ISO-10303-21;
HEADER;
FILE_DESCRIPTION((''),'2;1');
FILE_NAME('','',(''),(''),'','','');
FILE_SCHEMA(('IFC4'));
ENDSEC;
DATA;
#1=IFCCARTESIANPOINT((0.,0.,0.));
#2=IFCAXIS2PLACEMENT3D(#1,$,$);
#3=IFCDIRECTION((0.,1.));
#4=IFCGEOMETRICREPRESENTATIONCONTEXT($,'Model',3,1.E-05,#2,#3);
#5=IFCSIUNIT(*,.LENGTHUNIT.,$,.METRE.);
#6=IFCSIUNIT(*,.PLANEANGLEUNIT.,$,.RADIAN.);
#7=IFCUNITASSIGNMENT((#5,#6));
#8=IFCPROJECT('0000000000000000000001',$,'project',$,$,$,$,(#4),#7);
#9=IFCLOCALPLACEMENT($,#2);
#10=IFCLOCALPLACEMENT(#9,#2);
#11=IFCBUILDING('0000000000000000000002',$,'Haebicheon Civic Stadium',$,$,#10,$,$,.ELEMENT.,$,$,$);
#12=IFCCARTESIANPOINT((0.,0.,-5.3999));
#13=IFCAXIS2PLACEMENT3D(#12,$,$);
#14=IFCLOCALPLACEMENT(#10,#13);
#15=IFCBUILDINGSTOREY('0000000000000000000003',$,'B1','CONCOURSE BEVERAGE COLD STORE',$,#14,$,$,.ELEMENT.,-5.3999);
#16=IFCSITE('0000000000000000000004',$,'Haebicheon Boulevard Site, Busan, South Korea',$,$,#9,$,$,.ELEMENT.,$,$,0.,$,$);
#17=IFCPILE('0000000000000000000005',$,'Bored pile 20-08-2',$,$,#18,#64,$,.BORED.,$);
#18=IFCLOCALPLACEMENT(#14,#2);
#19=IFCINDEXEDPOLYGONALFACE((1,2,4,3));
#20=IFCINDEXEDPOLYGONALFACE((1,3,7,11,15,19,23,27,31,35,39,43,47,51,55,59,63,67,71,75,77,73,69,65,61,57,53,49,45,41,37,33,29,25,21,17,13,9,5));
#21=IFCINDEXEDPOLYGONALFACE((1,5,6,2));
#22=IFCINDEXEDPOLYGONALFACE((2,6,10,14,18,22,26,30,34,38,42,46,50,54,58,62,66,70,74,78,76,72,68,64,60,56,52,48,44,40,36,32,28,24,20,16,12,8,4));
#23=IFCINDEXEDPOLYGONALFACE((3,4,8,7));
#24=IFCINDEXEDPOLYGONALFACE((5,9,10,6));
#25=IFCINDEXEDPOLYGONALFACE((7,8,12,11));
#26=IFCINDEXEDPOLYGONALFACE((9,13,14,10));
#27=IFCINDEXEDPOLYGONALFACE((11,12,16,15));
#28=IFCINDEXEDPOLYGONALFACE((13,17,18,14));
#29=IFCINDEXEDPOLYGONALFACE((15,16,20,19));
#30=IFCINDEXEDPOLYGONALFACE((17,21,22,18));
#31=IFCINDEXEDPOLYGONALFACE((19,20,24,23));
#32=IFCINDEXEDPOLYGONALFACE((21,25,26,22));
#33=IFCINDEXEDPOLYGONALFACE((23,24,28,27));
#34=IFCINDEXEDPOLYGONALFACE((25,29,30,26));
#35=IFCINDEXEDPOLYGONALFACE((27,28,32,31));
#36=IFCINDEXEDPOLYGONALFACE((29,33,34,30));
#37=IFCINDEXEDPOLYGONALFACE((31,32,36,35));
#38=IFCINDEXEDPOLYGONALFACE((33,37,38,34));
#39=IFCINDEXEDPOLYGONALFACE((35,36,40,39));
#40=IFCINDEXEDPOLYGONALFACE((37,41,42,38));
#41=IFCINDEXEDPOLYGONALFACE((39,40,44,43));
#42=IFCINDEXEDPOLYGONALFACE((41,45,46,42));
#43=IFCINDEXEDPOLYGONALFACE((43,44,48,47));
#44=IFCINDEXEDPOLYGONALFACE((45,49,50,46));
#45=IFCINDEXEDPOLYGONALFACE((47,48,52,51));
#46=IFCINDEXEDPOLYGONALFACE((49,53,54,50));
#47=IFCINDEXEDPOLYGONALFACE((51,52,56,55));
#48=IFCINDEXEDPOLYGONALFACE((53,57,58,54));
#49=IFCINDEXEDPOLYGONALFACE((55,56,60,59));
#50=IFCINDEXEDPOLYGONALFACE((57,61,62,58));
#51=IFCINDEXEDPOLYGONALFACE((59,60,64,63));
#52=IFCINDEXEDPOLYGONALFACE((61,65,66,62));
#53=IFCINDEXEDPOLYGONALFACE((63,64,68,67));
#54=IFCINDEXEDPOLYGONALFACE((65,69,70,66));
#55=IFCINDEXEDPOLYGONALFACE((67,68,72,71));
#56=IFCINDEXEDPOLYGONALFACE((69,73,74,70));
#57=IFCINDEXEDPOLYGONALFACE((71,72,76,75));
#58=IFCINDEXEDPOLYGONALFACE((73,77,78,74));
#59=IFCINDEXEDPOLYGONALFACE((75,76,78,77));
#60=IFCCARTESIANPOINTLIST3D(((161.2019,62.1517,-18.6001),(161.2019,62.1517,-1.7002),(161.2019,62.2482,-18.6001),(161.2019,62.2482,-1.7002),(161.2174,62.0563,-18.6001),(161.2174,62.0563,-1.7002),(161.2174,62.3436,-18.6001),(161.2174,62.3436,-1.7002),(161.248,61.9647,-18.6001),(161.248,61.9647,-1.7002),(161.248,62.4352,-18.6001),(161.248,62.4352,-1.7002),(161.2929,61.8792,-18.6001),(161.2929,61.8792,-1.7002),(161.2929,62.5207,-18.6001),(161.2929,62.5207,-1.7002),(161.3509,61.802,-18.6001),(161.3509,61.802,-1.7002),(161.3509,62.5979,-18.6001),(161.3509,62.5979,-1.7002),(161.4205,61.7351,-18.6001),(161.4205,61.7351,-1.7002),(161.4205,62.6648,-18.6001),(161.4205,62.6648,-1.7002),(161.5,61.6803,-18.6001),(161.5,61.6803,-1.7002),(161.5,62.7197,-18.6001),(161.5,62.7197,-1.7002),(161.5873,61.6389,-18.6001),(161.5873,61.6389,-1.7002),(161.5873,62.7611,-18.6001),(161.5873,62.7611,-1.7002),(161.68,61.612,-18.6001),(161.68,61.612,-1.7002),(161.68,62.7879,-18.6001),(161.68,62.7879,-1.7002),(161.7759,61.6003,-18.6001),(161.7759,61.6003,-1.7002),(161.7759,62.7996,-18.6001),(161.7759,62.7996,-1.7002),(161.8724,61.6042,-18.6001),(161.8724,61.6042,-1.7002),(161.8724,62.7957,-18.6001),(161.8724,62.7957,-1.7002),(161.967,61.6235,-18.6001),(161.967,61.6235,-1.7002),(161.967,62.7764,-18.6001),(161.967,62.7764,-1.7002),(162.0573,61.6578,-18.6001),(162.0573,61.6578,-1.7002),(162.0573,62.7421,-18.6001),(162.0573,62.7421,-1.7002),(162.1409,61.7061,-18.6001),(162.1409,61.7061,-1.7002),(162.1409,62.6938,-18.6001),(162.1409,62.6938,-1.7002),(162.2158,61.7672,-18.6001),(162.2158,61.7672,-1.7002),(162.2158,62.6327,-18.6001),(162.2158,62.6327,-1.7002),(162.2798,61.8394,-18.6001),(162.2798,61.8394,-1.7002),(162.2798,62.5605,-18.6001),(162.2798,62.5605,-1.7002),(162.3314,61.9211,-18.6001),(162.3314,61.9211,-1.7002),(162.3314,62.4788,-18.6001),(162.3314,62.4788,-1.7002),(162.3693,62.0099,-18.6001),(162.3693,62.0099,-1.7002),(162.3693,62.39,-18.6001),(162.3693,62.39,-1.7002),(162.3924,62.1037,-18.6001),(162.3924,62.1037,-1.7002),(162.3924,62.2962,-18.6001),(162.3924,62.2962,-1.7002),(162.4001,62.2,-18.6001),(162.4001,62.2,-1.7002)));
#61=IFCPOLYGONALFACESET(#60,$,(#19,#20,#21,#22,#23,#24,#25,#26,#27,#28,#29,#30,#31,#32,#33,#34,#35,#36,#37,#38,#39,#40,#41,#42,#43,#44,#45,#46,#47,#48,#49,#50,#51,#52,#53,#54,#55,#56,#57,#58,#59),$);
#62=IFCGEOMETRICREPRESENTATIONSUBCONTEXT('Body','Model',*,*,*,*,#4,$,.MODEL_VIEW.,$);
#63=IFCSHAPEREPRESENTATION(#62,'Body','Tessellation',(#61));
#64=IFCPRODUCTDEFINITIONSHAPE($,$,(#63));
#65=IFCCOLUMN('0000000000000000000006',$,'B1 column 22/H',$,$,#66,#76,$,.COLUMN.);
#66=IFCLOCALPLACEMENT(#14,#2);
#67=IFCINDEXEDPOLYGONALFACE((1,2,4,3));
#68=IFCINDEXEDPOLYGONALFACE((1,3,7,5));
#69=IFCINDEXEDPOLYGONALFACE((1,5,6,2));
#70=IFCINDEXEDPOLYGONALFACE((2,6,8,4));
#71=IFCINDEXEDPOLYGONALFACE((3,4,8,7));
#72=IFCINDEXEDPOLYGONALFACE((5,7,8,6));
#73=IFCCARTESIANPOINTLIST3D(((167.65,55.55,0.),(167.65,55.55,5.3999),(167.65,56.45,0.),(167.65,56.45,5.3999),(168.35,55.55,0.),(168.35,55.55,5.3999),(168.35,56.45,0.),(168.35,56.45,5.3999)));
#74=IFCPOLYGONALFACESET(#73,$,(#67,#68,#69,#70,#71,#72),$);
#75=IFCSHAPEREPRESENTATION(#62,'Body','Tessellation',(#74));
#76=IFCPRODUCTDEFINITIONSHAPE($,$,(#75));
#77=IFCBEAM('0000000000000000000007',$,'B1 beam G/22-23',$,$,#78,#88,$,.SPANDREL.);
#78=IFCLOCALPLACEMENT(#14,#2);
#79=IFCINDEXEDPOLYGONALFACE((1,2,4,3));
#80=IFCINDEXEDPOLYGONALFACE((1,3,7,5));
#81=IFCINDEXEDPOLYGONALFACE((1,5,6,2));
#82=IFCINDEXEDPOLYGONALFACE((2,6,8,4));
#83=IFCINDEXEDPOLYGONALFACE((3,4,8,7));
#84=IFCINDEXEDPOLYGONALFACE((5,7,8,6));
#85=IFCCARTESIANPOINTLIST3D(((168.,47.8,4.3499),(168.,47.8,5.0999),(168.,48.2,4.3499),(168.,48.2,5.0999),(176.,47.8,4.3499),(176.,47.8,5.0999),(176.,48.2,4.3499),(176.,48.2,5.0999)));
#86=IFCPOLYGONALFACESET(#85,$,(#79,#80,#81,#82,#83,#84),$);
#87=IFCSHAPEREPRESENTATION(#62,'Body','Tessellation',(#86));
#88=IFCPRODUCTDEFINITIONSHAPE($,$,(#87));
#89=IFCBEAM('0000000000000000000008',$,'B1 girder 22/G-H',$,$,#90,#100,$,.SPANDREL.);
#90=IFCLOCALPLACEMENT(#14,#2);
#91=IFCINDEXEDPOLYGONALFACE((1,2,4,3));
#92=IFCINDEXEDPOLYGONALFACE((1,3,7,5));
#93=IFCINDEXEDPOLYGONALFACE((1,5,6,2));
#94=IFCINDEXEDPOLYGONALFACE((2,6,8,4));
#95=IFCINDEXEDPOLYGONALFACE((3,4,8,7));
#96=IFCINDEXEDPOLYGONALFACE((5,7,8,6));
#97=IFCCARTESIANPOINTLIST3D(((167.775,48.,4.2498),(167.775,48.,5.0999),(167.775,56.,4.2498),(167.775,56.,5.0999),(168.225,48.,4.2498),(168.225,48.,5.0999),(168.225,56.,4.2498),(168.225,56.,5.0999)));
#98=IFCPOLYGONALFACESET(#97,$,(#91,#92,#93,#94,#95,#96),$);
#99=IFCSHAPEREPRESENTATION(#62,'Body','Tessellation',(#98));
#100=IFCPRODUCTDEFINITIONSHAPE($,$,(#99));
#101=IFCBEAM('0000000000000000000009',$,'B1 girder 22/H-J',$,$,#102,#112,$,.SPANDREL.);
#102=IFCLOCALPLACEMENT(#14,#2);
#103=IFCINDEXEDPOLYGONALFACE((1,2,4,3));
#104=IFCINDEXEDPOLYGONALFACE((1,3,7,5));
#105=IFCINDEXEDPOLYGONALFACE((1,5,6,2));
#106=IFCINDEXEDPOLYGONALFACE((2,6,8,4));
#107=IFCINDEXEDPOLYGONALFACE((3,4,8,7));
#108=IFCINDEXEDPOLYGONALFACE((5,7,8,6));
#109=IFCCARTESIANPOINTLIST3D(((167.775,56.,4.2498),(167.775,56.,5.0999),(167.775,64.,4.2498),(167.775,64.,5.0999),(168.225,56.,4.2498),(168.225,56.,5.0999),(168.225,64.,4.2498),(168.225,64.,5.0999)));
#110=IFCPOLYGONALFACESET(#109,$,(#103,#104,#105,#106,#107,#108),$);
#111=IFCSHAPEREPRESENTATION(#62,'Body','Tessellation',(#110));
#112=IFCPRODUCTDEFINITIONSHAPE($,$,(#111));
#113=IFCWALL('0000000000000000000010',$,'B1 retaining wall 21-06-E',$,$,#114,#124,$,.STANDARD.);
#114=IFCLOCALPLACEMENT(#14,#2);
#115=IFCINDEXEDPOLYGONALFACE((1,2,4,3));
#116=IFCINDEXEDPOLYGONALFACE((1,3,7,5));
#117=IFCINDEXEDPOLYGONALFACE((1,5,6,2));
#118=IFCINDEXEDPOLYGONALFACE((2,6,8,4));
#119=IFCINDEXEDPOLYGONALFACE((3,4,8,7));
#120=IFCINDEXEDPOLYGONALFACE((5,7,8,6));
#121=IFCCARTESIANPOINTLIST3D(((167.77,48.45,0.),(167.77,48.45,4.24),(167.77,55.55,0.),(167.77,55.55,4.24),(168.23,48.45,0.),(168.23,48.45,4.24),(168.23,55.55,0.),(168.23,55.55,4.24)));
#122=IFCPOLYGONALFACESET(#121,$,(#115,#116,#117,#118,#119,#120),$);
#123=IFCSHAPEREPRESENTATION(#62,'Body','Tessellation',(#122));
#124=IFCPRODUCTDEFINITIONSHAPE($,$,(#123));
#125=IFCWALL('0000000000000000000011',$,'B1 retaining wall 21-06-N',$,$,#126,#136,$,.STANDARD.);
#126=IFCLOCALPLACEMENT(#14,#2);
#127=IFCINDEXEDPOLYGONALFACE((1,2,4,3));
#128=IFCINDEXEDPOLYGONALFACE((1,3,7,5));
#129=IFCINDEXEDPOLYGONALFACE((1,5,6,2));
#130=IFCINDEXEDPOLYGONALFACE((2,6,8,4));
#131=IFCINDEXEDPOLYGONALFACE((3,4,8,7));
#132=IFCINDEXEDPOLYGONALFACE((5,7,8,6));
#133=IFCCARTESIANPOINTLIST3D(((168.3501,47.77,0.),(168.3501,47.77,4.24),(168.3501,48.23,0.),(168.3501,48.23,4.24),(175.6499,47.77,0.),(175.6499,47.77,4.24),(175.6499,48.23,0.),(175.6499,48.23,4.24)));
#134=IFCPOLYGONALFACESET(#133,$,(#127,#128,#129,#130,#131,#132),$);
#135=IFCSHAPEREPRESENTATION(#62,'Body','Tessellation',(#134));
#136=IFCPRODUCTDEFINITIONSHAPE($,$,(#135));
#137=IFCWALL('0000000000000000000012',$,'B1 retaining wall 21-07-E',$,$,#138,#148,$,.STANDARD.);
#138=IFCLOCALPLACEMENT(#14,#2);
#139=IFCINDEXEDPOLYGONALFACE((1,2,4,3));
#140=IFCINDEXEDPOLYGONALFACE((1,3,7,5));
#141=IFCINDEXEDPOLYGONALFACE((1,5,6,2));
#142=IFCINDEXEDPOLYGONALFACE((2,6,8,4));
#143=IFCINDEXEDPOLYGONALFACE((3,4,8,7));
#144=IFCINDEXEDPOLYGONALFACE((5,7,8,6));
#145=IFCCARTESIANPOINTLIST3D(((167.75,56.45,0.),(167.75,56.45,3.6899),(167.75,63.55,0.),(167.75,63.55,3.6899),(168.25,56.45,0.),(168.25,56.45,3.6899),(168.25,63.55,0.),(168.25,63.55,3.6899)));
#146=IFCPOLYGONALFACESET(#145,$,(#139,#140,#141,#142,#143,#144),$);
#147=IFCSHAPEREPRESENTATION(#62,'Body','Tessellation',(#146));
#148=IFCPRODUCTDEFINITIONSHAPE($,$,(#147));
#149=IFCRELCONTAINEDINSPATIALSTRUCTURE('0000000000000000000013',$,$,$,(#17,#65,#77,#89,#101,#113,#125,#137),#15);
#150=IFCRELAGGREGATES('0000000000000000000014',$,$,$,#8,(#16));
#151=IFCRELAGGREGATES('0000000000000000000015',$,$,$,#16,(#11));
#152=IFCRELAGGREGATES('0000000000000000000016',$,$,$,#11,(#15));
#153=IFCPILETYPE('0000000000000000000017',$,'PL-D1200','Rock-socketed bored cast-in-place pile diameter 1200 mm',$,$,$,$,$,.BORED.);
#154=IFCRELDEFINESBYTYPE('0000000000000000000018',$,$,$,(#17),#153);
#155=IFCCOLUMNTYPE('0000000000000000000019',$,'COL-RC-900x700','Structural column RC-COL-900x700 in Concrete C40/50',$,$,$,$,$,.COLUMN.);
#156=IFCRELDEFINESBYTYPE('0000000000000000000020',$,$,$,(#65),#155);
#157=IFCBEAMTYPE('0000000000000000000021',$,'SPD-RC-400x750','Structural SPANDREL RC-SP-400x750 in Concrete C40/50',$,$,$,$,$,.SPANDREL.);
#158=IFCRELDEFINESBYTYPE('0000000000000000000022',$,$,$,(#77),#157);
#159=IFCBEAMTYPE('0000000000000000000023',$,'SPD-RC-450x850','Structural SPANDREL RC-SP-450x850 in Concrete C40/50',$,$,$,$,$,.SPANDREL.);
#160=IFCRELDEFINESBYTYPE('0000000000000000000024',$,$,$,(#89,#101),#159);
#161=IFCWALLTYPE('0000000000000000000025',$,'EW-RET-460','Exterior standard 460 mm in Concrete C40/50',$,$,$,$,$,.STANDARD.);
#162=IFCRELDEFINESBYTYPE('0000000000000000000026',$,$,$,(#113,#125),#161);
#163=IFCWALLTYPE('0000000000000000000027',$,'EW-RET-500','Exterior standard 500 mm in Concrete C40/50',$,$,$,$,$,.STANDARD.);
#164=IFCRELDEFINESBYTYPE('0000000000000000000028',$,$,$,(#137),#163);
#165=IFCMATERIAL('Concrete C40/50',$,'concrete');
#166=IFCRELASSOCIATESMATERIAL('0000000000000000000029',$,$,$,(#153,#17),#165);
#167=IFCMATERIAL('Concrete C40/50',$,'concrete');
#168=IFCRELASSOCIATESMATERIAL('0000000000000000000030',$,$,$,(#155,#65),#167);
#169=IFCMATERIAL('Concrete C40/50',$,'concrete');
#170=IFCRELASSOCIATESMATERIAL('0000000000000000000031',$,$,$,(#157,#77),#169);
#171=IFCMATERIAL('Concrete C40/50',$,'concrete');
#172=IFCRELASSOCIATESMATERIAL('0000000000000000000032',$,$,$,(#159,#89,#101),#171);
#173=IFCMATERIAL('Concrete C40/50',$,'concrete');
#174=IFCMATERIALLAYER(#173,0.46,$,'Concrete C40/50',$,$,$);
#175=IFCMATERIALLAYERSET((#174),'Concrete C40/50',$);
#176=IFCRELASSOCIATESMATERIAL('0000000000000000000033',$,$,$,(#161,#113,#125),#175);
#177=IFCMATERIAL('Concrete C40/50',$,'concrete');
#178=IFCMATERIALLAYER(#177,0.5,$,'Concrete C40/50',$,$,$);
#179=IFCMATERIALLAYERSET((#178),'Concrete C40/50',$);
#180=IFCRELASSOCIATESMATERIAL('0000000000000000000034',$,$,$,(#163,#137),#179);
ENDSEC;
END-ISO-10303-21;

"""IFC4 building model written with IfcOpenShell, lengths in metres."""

from ifc_helpers import new_model, si_unit, direction, frame, frame_2d, origin, origin_2d, place, context, subcontext, project, spatial, rectangle, circle, extrude, material, layer, layer_set, material_profile, profile_set, type_object, element, save


model = new_model("IFC4")

# Units and contexts
model_context = context("Model", 3, precision=1e-05, world=origin(), true_north=direction((0.0, 1.0)))
body_context = subcontext(model_context, "Body", "Model", "MODEL_VIEW")
ifc_project = project(units=[si_unit("LENGTHUNIT", "METRE"), si_unit("PLANEANGLEUNIT", "RADIAN")], contexts=[model_context])

# Site, building, storey
site_placement = place(None, origin())
site = spatial("IfcSite", under=ifc_project, at=site_placement, Name="Haebicheon Boulevard Site, Busan, South Korea", CompositionType="ELEMENT", RefElevation=0.0)
building_placement = place(site_placement, origin())
building = spatial("IfcBuilding", under=site, at=building_placement, Name="Haebicheon Civic Stadium", CompositionType="ELEMENT")
storey_placement = place(building_placement, frame((0.0, 0.0, -5.3999)))
storey = spatial("IfcBuildingStorey", under=building, at=storey_placement, Name="B1", Description="CONCOURSE BEVERAGE COLD STORE", CompositionType="ELEMENT", Elevation=-5.3999)

# Pile
ifc_material_1 = material(Name="Concrete C40/50", Category="concrete")
ifc_material_profile_1 = material_profile(ifc_material_1, circle(Radius=0.6001, at=origin_2d()), Name="PILE-D1200")
ifc_profile_set_1 = profile_set([ifc_material_profile_1], Name="Concrete C40/50")
pile_type_1 = type_object("IfcPileType", Name="PL-D1200", Description="Rock-socketed bored cast-in-place pile diameter 1200 mm", PredefinedType="BORED", material=ifc_profile_set_1)
for number, where, z_axis, x_axis, name in (
    (1, (161.8, 62.2, -1.7002), (0.0, 0.0, -1.0), (1.0, 0.0, 0.0), "Bored pile 20-08-2"),
):
    element("IfcPile", number, at=place(storey_placement, frame(where, z_axis=z_axis, x_axis=x_axis)), inside=storey, type_object=pile_type_1, material=ifc_profile_set_1, Name=name, PredefinedType="BORED", context=body_context, shape_type="SweptSolid", body=[
        extrude(circle(Radius=0.6001, at=origin_2d()), origin(), (0.0, 0.0, 1.0), 16.8999),
    ])

# Column
ifc_material_2 = material(Name="Concrete C40/50", Category="concrete")
ifc_material_profile_2 = material_profile(ifc_material_2, rectangle(XDim=0.7, YDim=0.8999, at=origin_2d()), Name="RC-COL-900x700")
ifc_profile_set_2 = profile_set([ifc_material_profile_2], Name="Concrete C40/50")
column_type = type_object("IfcColumnType", Name="COL-RC-900x700", Description="Structural column RC-COL-900x700 in Concrete C40/50", PredefinedType="COLUMN", material=ifc_profile_set_2)
column_placement = place(storey_placement, frame((168.0, 56.0, 0.0), z_axis=(0.0, 0.0, 1.0), x_axis=(1.0, 0.0, 0.0)))
element("IfcColumn", 2, at=column_placement, inside=storey, type_object=column_type, material=ifc_profile_set_2, Name="B1 column 22/H", PredefinedType="COLUMN", context=body_context, shape_type="SweptSolid", body=[
    extrude(rectangle(XDim=0.7, YDim=0.8999, at=origin_2d()), origin(), (0.0, 0.0, 1.0), 5.3999),
])

# Beams
ifc_material_3 = material(Name="Concrete C40/50", Category="concrete")
ifc_material_profile_3 = material_profile(ifc_material_3, rectangle(XDim=0.3999, YDim=0.75, at=origin_2d()), Name="RC-SP-400x750")
ifc_profile_set_3 = profile_set([ifc_material_profile_3], Name="Concrete C40/50")
beam_type_1 = type_object("IfcBeamType", Name="SPD-RC-400x750", Description="Structural SPANDREL RC-SP-400x750 in Concrete C40/50", PredefinedType="SPANDREL", material=ifc_profile_set_3)
beam_placement = place(storey_placement, frame((168.0, 48.0, 4.7249), z_axis=(1.0, 0.0, 0.0), x_axis=(0.0, 1.0, 0.0)))
element("IfcBeam", 3, at=beam_placement, inside=storey, type_object=beam_type_1, material=ifc_profile_set_3, Name="B1 beam G/22-23", PredefinedType="SPANDREL", context=body_context, shape_type="SweptSolid", body=[
    extrude(rectangle(XDim=0.3999, YDim=0.75, at=origin_2d()), origin(), (0.0, 0.0, 1.0), 8.0),
])
ifc_material_4 = material(Name="Concrete C40/50", Category="concrete")
ifc_material_profile_4 = material_profile(ifc_material_4, rectangle(XDim=0.45, YDim=0.8501, at=origin_2d()), Name="RC-SP-450x850")
ifc_profile_set_4 = profile_set([ifc_material_profile_4], Name="Concrete C40/50")
beam_type_2 = type_object("IfcBeamType", Name="SPD-RC-450x850", Description="Structural SPANDREL RC-SP-450x850 in Concrete C40/50", PredefinedType="SPANDREL", material=ifc_profile_set_4)
for number, where, z_axis, x_axis, name in (
    (4, (168.0, 48.0, 4.6748), (0.0, 1.0, 0.0), (-1.0, 0.0, 0.0), "B1 girder 22/G-H"),
    (5, (168.0, 56.0, 4.6748), (0.0, 1.0, 0.0), (-1.0, 0.0, 0.0), "B1 girder 22/H-J"),
):
    element("IfcBeam", number, at=place(storey_placement, frame(where, z_axis=z_axis, x_axis=x_axis)), inside=storey, type_object=beam_type_2, material=ifc_profile_set_4, Name=name, PredefinedType="SPANDREL", context=body_context, shape_type="SweptSolid", body=[
        extrude(rectangle(XDim=0.45, YDim=0.8501, at=origin_2d()), origin(), (0.0, 0.0, 1.0), 8.0),
    ])

# Walls
ifc_material_5 = material(Name="Concrete C40/50", Category="concrete")
ifc_layer_1 = layer(ifc_material_5, 0.46, Name="Concrete C40/50")
ifc_layer_set_1 = layer_set([ifc_layer_1], Name="Concrete C40/50")
wall_type_1 = type_object("IfcWallType", Name="EW-RET-460", Description="Exterior standard 460 mm in Concrete C40/50", PredefinedType="STANDARD", material=ifc_layer_set_1)
wall_1_placement = place(storey_placement, frame((168.0, 48.45, 0.0), z_axis=(0.0, 0.0, 1.0), x_axis=(0.0, 1.0, 0.0)))
element("IfcWall", 6, at=wall_1_placement, inside=storey, type_object=wall_type_1, material=ifc_layer_set_1, Name="B1 retaining wall 21-06-E", PredefinedType="STANDARD", context=body_context, shape_type="SweptSolid", body=[
    extrude(rectangle(XDim=7.1001, YDim=0.46, at=frame_2d((3.55, 0.0))), origin(), (0.0, 0.0, 1.0), 4.24),
])
wall_2_placement = place(storey_placement, frame((168.3501, 48.0, 0.0), z_axis=(0.0, 0.0, 1.0), x_axis=(1.0, 0.0, 0.0)))
element("IfcWall", 7, at=wall_2_placement, inside=storey, type_object=wall_type_1, material=ifc_layer_set_1, Name="B1 retaining wall 21-06-N", PredefinedType="STANDARD", context=body_context, shape_type="SweptSolid", body=[
    extrude(rectangle(XDim=7.2998, YDim=0.46, at=frame_2d((3.6499, 0.0))), origin(), (0.0, 0.0, 1.0), 4.24),
])
ifc_material_6 = material(Name="Concrete C40/50", Category="concrete")
ifc_layer_2 = layer(ifc_material_6, 0.5, Name="Concrete C40/50")
ifc_layer_set_2 = layer_set([ifc_layer_2], Name="Concrete C40/50")
wall_type_2 = type_object("IfcWallType", Name="EW-RET-500", Description="Exterior standard 500 mm in Concrete C40/50", PredefinedType="STANDARD", material=ifc_layer_set_2)
wall_3_placement = place(storey_placement, frame((168.0, 56.45, 0.0), z_axis=(0.0, 0.0, 1.0), x_axis=(0.0, 1.0, 0.0)))
element("IfcWall", 8, at=wall_3_placement, inside=storey, type_object=wall_type_2, material=ifc_layer_set_2, Name="B1 retaining wall 21-07-E", PredefinedType="STANDARD", context=body_context, shape_type="SweptSolid", body=[
    extrude(rectangle(XDim=7.1001, YDim=0.5, at=frame_2d((3.55, 0.0))), origin(), (0.0, 0.0, 1.0), 3.6899),
])

save(model, "model.ifc")
